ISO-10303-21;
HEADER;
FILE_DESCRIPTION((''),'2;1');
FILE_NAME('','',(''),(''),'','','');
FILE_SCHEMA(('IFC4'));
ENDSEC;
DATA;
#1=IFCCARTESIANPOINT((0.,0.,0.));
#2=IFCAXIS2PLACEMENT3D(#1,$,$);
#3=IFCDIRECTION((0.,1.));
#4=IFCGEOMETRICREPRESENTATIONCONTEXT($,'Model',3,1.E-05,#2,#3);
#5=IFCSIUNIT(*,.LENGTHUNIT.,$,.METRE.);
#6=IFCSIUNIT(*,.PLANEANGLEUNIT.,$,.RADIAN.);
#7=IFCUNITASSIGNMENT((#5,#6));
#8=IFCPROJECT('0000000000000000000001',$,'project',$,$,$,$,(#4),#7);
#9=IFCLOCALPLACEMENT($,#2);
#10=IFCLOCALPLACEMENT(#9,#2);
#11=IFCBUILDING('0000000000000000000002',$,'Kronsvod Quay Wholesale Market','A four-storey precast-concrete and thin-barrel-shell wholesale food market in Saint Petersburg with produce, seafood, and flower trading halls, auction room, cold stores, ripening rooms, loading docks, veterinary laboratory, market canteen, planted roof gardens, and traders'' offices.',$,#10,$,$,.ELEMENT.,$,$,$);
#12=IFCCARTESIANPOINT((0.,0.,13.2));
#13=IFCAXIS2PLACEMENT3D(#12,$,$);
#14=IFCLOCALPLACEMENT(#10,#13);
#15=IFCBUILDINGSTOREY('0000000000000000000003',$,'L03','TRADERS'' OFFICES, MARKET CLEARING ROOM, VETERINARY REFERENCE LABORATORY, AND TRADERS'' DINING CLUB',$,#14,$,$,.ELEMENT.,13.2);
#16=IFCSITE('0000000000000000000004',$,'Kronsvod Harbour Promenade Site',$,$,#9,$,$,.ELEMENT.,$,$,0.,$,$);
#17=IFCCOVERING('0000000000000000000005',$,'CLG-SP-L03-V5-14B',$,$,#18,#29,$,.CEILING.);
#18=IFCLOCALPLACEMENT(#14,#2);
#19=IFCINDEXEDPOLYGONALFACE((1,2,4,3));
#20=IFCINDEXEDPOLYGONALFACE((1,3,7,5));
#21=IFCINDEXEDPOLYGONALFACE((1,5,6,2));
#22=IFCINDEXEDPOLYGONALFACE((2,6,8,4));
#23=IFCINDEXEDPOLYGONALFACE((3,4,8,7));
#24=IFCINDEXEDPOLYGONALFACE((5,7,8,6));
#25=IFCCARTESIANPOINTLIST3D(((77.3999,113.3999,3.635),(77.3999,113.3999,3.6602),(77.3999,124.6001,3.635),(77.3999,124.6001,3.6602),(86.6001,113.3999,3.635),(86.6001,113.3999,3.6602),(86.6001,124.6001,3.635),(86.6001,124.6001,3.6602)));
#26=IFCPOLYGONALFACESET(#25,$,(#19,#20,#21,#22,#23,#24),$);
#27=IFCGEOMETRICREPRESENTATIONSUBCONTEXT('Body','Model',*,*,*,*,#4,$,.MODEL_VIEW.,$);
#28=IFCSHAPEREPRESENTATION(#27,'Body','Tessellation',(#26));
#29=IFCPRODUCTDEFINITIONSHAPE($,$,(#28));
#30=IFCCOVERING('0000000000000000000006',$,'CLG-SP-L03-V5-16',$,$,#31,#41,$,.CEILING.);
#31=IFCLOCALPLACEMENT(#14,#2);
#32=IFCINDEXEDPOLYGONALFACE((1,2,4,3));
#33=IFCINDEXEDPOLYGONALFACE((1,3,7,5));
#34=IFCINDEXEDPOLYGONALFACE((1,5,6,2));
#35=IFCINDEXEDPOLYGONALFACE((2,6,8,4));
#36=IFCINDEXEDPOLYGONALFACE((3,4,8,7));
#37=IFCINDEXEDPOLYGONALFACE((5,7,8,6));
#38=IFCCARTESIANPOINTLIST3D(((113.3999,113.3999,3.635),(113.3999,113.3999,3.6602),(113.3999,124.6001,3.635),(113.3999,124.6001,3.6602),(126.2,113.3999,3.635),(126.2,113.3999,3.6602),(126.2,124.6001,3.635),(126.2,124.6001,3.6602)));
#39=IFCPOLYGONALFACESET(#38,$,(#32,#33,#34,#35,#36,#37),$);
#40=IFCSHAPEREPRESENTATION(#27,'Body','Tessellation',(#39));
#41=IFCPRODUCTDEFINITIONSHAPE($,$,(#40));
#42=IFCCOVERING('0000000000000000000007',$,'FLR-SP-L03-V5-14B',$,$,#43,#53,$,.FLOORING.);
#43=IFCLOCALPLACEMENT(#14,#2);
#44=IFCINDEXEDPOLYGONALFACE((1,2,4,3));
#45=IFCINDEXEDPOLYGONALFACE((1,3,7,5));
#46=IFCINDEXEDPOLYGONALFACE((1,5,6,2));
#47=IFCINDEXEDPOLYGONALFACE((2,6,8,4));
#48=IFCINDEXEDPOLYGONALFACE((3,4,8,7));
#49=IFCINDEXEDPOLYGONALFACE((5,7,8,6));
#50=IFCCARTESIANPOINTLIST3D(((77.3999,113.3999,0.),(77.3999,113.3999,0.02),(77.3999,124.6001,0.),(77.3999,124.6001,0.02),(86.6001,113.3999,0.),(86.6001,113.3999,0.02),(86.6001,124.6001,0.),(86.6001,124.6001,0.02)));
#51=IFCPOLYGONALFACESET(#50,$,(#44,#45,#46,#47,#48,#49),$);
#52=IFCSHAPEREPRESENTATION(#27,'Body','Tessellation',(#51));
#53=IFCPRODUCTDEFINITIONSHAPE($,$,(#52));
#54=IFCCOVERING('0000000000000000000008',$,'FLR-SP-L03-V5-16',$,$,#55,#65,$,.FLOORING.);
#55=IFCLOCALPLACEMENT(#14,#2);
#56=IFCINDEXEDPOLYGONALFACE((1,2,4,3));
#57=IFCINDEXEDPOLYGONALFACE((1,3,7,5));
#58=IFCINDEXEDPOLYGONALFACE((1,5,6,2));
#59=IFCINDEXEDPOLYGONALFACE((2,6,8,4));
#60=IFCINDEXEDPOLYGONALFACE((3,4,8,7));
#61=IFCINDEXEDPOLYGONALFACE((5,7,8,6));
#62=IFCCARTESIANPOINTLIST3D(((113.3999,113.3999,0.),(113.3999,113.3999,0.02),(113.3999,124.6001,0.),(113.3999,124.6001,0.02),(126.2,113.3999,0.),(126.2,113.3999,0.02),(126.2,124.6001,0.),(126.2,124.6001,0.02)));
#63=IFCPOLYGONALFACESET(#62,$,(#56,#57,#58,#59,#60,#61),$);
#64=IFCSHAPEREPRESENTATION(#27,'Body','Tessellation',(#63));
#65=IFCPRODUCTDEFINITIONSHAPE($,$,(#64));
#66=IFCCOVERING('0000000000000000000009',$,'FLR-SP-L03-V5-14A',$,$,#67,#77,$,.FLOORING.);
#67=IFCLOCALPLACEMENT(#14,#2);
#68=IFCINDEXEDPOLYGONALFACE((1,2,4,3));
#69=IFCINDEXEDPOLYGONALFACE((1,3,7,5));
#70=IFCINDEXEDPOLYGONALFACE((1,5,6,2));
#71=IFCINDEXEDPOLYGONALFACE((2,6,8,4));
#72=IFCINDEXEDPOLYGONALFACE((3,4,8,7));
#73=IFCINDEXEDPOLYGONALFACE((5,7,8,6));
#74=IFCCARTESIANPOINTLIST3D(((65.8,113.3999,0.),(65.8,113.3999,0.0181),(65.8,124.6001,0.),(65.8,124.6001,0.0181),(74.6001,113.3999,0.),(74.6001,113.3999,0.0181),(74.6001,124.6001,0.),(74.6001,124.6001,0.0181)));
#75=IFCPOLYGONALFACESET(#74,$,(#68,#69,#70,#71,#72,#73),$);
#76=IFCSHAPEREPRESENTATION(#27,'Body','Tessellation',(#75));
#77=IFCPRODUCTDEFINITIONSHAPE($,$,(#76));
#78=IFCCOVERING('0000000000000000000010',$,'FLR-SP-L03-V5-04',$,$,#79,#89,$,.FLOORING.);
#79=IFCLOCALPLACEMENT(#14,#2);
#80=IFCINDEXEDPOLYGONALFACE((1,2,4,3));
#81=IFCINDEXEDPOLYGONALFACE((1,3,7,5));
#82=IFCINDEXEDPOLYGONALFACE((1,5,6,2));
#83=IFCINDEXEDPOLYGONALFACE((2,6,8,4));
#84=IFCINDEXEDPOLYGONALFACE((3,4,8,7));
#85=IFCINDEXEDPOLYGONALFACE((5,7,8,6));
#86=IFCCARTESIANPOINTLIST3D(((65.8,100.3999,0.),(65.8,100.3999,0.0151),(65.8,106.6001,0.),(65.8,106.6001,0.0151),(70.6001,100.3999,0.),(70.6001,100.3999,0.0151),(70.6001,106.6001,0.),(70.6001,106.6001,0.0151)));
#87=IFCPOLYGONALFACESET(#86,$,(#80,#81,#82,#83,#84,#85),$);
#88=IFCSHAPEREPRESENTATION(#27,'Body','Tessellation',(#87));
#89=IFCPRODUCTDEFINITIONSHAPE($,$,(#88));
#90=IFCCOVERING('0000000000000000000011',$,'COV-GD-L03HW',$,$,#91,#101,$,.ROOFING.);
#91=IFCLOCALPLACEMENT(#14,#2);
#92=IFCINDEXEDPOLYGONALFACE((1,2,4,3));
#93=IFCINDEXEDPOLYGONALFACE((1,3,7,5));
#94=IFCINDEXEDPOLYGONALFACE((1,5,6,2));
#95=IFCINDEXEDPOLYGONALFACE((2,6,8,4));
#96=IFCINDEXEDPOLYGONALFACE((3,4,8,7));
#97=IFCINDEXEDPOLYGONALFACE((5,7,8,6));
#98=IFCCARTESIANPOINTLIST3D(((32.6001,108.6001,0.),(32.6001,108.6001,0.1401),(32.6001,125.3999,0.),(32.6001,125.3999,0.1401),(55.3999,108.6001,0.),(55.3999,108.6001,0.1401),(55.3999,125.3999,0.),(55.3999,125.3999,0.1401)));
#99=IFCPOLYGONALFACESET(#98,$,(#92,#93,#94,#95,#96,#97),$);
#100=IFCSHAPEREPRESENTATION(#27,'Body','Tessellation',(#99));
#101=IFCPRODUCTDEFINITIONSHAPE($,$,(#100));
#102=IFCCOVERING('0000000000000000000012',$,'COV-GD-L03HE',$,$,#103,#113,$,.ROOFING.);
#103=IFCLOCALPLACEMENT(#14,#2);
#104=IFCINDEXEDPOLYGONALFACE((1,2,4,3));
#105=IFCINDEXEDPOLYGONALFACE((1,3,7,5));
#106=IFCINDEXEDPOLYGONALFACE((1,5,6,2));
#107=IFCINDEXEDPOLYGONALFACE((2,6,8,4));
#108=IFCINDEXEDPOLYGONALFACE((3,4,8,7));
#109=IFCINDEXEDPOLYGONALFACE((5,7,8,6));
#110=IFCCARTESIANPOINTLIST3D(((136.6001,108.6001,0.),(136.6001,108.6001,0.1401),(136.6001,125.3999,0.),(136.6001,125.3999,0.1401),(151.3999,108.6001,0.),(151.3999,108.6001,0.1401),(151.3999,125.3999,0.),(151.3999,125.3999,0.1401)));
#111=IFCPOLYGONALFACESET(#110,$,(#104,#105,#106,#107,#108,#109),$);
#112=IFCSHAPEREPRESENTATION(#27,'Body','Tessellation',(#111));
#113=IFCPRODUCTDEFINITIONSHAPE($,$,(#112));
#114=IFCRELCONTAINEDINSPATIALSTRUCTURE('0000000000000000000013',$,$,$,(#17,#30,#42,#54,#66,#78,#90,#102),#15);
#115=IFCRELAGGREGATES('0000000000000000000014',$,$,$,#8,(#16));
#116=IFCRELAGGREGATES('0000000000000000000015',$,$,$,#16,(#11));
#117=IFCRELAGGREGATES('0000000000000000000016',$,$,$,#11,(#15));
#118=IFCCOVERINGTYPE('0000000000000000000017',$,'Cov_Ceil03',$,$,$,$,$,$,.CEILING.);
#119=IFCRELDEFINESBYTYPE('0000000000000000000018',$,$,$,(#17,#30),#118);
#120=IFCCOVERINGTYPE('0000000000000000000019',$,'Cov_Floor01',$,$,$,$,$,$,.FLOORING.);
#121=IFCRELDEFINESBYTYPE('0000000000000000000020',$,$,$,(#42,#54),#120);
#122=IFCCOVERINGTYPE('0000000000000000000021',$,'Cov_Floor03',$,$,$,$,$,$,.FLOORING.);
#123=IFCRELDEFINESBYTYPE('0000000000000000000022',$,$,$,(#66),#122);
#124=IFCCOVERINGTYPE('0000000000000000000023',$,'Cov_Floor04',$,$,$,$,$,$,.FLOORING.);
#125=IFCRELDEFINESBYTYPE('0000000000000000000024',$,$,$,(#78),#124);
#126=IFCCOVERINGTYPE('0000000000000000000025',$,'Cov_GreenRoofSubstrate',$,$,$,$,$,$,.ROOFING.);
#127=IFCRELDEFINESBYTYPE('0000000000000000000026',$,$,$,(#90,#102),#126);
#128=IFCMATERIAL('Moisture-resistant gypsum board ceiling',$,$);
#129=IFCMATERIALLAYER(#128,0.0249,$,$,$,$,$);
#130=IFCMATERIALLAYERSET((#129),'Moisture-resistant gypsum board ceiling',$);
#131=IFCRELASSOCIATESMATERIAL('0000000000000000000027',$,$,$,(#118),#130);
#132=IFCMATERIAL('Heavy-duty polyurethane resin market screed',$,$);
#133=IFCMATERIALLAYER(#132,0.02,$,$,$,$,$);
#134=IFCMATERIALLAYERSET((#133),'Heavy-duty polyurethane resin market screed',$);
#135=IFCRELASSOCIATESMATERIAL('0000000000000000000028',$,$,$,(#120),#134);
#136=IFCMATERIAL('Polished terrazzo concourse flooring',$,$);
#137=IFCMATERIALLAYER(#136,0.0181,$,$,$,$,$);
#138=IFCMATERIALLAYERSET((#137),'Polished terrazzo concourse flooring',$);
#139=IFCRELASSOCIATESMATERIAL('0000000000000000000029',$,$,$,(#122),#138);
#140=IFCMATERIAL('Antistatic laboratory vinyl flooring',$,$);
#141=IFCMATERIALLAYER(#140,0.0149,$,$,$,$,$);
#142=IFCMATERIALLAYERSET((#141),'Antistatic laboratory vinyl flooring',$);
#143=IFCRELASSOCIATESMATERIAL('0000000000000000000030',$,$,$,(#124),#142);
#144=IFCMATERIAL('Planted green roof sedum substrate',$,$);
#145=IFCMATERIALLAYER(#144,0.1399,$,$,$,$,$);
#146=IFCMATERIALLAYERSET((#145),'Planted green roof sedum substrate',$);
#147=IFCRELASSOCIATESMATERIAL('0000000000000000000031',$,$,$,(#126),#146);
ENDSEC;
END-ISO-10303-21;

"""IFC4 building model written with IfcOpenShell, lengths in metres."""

from ifc_helpers import new_model, si_unit, direction, frame, origin, place, context, subcontext, project, spatial, polyline, outline, extrude, material, layer, layer_set, type_object, element, save


model = new_model("IFC4")

# Units and contexts
model_context = context("Model", 3, precision=1e-05, world=origin(), true_north=direction((0.0, 1.0)))
body_context = subcontext(model_context, "Body", "Model", "MODEL_VIEW")
ifc_project = project(units=[si_unit("LENGTHUNIT", "METRE"), si_unit("PLANEANGLEUNIT", "RADIAN")], contexts=[model_context])

# Site, building, storey
site_placement = place(None, origin())
site = spatial("IfcSite", under=ifc_project, at=site_placement, Name="Kronsvod Harbour Promenade Site", CompositionType="ELEMENT", RefElevation=0.0)
building_placement = place(site_placement, origin())
building = spatial("IfcBuilding", under=site, at=building_placement, Name="Kronsvod Quay Wholesale Market", Description="A four-storey precast-concrete and thin-barrel-shell wholesale food market in Saint Petersburg with produce, seafood, and flower trading halls, auction room, cold stores, ripening rooms, loading docks, veterinary laboratory, market canteen, planted roof gardens, and traders' offices.", CompositionType="ELEMENT")
storey_placement = place(building_placement, frame((0.0, 0.0, 13.2)))
storey = spatial("IfcBuildingStorey", under=building, at=storey_placement, Name="L03", Description="TRADERS' OFFICES, MARKET CLEARING ROOM, VETERINARY REFERENCE LABORATORY, AND TRADERS' DINING CLUB", CompositionType="ELEMENT", Elevation=13.2)

# Coverings
ifc_material_1 = material(Name="Moisture-resistant gypsum board ceiling")
ifc_layer_1 = layer(ifc_material_1, 0.0249)
ifc_layer_set_1 = layer_set([ifc_layer_1], Name="Moisture-resistant gypsum board ceiling")
covering_type_1 = type_object("IfcCoveringType", Name="Cov_Ceil03", PredefinedType="CEILING", material=ifc_layer_set_1)
covering_1_placement = place(storey_placement, frame((0.0, 0.0, 3.635)))
element("IfcCovering", 1, at=covering_1_placement, inside=storey, type_object=covering_type_1, Name="CLG-SP-L03-V5-14B", PredefinedType="CEILING", context=body_context, shape_type="SweptSolid", body=[
    extrude(outline(polyline([(77.3999, 113.3999), (86.6001, 113.3999), (86.6001, 124.6001), (77.3999, 124.6001), (77.3999, 113.3999)])), origin(), (0.0, 0.0, 1.0), 0.0251),
])
covering_2_placement = place(storey_placement, frame((0.0, 0.0, 3.635)))
element("IfcCovering", 2, at=covering_2_placement, inside=storey, type_object=covering_type_1, Name="CLG-SP-L03-V5-16", PredefinedType="CEILING", context=body_context, shape_type="SweptSolid", body=[
    extrude(outline(polyline([(113.3999, 113.3999), (126.2, 113.3999), (126.2, 124.6001), (113.3999, 124.6001), (113.3999, 113.3999)])), origin(), (0.0, 0.0, 1.0), 0.0251),
])
ifc_material_2 = material(Name="Heavy-duty polyurethane resin market screed")
ifc_layer_2 = layer(ifc_material_2, 0.02)
ifc_layer_set_2 = layer_set([ifc_layer_2], Name="Heavy-duty polyurethane resin market screed")
covering_type_2 = type_object("IfcCoveringType", Name="Cov_Floor01", PredefinedType="FLOORING", material=ifc_layer_set_2)
covering_3_placement = place(storey_placement, origin())
element("IfcCovering", 3, at=covering_3_placement, inside=storey, type_object=covering_type_2, Name="FLR-SP-L03-V5-14B", PredefinedType="FLOORING", context=body_context, shape_type="SweptSolid", body=[
    extrude(outline(polyline([(77.3999, 113.3999), (86.6001, 113.3999), (86.6001, 124.6001), (77.3999, 124.6001), (77.3999, 113.3999)])), origin(), (0.0, 0.0, 1.0), 0.02),
])
covering_4_placement = place(storey_placement, origin())
element("IfcCovering", 4, at=covering_4_placement, inside=storey, type_object=covering_type_2, Name="FLR-SP-L03-V5-16", PredefinedType="FLOORING", context=body_context, shape_type="SweptSolid", body=[
    extrude(outline(polyline([(113.3999, 113.3999), (126.2, 113.3999), (126.2, 124.6001), (113.3999, 124.6001), (113.3999, 113.3999)])), origin(), (0.0, 0.0, 1.0), 0.02),
])
ifc_material_3 = material(Name="Polished terrazzo concourse flooring")
ifc_layer_3 = layer(ifc_material_3, 0.0181)
ifc_layer_set_3 = layer_set([ifc_layer_3], Name="Polished terrazzo concourse flooring")
covering_type_3 = type_object("IfcCoveringType", Name="Cov_Floor03", PredefinedType="FLOORING", material=ifc_layer_set_3)
covering_5_placement = place(storey_placement, origin())
element("IfcCovering", 5, at=covering_5_placement, inside=storey, type_object=covering_type_3, Name="FLR-SP-L03-V5-14A", PredefinedType="FLOORING", context=body_context, shape_type="SweptSolid", body=[
    extrude(outline(polyline([(65.8, 113.3999), (74.6001, 113.3999), (74.6001, 124.6001), (65.8, 124.6001), (65.8, 113.3999)])), origin(), (0.0, 0.0, 1.0), 0.0181),
])
ifc_material_4 = material(Name="Antistatic laboratory vinyl flooring")
ifc_layer_4 = layer(ifc_material_4, 0.0149)
ifc_layer_set_4 = layer_set([ifc_layer_4], Name="Antistatic laboratory vinyl flooring")
covering_type_4 = type_object("IfcCoveringType", Name="Cov_Floor04", PredefinedType="FLOORING", material=ifc_layer_set_4)
covering_6_placement = place(storey_placement, origin())
element("IfcCovering", 6, at=covering_6_placement, inside=storey, type_object=covering_type_4, Name="FLR-SP-L03-V5-04", PredefinedType="FLOORING", context=body_context, shape_type="SweptSolid", body=[
    extrude(outline(polyline([(65.8, 100.3999), (70.6001, 100.3999), (70.6001, 106.6001), (65.8, 106.6001), (65.8, 100.3999)])), origin(), (0.0, 0.0, 1.0), 0.0151),
])
ifc_material_5 = material(Name="Planted green roof sedum substrate")
ifc_layer_5 = layer(ifc_material_5, 0.1399)
ifc_layer_set_5 = layer_set([ifc_layer_5], Name="Planted green roof sedum substrate")
covering_type_5 = type_object("IfcCoveringType", Name="Cov_GreenRoofSubstrate", PredefinedType="ROOFING", material=ifc_layer_set_5)
covering_7_placement = place(storey_placement, origin())
element("IfcCovering", 7, at=covering_7_placement, inside=storey, type_object=covering_type_5, Name="COV-GD-L03HW", PredefinedType="ROOFING", context=body_context, shape_type="SweptSolid", body=[
    extrude(outline(polyline([(32.6001, 108.6001), (55.3999, 108.6001), (55.3999, 125.3999), (32.6001, 125.3999), (32.6001, 108.6001)])), origin(), (0.0, 0.0, 1.0), 0.1401),
])
covering_8_placement = place(storey_placement, origin())
element("IfcCovering", 8, at=covering_8_placement, inside=storey, type_object=covering_type_5, Name="COV-GD-L03HE", PredefinedType="ROOFING", context=body_context, shape_type="SweptSolid", body=[
    extrude(outline(polyline([(136.6001, 108.6001), (151.3999, 108.6001), (151.3999, 125.3999), (136.6001, 125.3999), (136.6001, 108.6001)])), origin(), (0.0, 0.0, 1.0), 0.1401),
])

save(model, "model.ifc")
